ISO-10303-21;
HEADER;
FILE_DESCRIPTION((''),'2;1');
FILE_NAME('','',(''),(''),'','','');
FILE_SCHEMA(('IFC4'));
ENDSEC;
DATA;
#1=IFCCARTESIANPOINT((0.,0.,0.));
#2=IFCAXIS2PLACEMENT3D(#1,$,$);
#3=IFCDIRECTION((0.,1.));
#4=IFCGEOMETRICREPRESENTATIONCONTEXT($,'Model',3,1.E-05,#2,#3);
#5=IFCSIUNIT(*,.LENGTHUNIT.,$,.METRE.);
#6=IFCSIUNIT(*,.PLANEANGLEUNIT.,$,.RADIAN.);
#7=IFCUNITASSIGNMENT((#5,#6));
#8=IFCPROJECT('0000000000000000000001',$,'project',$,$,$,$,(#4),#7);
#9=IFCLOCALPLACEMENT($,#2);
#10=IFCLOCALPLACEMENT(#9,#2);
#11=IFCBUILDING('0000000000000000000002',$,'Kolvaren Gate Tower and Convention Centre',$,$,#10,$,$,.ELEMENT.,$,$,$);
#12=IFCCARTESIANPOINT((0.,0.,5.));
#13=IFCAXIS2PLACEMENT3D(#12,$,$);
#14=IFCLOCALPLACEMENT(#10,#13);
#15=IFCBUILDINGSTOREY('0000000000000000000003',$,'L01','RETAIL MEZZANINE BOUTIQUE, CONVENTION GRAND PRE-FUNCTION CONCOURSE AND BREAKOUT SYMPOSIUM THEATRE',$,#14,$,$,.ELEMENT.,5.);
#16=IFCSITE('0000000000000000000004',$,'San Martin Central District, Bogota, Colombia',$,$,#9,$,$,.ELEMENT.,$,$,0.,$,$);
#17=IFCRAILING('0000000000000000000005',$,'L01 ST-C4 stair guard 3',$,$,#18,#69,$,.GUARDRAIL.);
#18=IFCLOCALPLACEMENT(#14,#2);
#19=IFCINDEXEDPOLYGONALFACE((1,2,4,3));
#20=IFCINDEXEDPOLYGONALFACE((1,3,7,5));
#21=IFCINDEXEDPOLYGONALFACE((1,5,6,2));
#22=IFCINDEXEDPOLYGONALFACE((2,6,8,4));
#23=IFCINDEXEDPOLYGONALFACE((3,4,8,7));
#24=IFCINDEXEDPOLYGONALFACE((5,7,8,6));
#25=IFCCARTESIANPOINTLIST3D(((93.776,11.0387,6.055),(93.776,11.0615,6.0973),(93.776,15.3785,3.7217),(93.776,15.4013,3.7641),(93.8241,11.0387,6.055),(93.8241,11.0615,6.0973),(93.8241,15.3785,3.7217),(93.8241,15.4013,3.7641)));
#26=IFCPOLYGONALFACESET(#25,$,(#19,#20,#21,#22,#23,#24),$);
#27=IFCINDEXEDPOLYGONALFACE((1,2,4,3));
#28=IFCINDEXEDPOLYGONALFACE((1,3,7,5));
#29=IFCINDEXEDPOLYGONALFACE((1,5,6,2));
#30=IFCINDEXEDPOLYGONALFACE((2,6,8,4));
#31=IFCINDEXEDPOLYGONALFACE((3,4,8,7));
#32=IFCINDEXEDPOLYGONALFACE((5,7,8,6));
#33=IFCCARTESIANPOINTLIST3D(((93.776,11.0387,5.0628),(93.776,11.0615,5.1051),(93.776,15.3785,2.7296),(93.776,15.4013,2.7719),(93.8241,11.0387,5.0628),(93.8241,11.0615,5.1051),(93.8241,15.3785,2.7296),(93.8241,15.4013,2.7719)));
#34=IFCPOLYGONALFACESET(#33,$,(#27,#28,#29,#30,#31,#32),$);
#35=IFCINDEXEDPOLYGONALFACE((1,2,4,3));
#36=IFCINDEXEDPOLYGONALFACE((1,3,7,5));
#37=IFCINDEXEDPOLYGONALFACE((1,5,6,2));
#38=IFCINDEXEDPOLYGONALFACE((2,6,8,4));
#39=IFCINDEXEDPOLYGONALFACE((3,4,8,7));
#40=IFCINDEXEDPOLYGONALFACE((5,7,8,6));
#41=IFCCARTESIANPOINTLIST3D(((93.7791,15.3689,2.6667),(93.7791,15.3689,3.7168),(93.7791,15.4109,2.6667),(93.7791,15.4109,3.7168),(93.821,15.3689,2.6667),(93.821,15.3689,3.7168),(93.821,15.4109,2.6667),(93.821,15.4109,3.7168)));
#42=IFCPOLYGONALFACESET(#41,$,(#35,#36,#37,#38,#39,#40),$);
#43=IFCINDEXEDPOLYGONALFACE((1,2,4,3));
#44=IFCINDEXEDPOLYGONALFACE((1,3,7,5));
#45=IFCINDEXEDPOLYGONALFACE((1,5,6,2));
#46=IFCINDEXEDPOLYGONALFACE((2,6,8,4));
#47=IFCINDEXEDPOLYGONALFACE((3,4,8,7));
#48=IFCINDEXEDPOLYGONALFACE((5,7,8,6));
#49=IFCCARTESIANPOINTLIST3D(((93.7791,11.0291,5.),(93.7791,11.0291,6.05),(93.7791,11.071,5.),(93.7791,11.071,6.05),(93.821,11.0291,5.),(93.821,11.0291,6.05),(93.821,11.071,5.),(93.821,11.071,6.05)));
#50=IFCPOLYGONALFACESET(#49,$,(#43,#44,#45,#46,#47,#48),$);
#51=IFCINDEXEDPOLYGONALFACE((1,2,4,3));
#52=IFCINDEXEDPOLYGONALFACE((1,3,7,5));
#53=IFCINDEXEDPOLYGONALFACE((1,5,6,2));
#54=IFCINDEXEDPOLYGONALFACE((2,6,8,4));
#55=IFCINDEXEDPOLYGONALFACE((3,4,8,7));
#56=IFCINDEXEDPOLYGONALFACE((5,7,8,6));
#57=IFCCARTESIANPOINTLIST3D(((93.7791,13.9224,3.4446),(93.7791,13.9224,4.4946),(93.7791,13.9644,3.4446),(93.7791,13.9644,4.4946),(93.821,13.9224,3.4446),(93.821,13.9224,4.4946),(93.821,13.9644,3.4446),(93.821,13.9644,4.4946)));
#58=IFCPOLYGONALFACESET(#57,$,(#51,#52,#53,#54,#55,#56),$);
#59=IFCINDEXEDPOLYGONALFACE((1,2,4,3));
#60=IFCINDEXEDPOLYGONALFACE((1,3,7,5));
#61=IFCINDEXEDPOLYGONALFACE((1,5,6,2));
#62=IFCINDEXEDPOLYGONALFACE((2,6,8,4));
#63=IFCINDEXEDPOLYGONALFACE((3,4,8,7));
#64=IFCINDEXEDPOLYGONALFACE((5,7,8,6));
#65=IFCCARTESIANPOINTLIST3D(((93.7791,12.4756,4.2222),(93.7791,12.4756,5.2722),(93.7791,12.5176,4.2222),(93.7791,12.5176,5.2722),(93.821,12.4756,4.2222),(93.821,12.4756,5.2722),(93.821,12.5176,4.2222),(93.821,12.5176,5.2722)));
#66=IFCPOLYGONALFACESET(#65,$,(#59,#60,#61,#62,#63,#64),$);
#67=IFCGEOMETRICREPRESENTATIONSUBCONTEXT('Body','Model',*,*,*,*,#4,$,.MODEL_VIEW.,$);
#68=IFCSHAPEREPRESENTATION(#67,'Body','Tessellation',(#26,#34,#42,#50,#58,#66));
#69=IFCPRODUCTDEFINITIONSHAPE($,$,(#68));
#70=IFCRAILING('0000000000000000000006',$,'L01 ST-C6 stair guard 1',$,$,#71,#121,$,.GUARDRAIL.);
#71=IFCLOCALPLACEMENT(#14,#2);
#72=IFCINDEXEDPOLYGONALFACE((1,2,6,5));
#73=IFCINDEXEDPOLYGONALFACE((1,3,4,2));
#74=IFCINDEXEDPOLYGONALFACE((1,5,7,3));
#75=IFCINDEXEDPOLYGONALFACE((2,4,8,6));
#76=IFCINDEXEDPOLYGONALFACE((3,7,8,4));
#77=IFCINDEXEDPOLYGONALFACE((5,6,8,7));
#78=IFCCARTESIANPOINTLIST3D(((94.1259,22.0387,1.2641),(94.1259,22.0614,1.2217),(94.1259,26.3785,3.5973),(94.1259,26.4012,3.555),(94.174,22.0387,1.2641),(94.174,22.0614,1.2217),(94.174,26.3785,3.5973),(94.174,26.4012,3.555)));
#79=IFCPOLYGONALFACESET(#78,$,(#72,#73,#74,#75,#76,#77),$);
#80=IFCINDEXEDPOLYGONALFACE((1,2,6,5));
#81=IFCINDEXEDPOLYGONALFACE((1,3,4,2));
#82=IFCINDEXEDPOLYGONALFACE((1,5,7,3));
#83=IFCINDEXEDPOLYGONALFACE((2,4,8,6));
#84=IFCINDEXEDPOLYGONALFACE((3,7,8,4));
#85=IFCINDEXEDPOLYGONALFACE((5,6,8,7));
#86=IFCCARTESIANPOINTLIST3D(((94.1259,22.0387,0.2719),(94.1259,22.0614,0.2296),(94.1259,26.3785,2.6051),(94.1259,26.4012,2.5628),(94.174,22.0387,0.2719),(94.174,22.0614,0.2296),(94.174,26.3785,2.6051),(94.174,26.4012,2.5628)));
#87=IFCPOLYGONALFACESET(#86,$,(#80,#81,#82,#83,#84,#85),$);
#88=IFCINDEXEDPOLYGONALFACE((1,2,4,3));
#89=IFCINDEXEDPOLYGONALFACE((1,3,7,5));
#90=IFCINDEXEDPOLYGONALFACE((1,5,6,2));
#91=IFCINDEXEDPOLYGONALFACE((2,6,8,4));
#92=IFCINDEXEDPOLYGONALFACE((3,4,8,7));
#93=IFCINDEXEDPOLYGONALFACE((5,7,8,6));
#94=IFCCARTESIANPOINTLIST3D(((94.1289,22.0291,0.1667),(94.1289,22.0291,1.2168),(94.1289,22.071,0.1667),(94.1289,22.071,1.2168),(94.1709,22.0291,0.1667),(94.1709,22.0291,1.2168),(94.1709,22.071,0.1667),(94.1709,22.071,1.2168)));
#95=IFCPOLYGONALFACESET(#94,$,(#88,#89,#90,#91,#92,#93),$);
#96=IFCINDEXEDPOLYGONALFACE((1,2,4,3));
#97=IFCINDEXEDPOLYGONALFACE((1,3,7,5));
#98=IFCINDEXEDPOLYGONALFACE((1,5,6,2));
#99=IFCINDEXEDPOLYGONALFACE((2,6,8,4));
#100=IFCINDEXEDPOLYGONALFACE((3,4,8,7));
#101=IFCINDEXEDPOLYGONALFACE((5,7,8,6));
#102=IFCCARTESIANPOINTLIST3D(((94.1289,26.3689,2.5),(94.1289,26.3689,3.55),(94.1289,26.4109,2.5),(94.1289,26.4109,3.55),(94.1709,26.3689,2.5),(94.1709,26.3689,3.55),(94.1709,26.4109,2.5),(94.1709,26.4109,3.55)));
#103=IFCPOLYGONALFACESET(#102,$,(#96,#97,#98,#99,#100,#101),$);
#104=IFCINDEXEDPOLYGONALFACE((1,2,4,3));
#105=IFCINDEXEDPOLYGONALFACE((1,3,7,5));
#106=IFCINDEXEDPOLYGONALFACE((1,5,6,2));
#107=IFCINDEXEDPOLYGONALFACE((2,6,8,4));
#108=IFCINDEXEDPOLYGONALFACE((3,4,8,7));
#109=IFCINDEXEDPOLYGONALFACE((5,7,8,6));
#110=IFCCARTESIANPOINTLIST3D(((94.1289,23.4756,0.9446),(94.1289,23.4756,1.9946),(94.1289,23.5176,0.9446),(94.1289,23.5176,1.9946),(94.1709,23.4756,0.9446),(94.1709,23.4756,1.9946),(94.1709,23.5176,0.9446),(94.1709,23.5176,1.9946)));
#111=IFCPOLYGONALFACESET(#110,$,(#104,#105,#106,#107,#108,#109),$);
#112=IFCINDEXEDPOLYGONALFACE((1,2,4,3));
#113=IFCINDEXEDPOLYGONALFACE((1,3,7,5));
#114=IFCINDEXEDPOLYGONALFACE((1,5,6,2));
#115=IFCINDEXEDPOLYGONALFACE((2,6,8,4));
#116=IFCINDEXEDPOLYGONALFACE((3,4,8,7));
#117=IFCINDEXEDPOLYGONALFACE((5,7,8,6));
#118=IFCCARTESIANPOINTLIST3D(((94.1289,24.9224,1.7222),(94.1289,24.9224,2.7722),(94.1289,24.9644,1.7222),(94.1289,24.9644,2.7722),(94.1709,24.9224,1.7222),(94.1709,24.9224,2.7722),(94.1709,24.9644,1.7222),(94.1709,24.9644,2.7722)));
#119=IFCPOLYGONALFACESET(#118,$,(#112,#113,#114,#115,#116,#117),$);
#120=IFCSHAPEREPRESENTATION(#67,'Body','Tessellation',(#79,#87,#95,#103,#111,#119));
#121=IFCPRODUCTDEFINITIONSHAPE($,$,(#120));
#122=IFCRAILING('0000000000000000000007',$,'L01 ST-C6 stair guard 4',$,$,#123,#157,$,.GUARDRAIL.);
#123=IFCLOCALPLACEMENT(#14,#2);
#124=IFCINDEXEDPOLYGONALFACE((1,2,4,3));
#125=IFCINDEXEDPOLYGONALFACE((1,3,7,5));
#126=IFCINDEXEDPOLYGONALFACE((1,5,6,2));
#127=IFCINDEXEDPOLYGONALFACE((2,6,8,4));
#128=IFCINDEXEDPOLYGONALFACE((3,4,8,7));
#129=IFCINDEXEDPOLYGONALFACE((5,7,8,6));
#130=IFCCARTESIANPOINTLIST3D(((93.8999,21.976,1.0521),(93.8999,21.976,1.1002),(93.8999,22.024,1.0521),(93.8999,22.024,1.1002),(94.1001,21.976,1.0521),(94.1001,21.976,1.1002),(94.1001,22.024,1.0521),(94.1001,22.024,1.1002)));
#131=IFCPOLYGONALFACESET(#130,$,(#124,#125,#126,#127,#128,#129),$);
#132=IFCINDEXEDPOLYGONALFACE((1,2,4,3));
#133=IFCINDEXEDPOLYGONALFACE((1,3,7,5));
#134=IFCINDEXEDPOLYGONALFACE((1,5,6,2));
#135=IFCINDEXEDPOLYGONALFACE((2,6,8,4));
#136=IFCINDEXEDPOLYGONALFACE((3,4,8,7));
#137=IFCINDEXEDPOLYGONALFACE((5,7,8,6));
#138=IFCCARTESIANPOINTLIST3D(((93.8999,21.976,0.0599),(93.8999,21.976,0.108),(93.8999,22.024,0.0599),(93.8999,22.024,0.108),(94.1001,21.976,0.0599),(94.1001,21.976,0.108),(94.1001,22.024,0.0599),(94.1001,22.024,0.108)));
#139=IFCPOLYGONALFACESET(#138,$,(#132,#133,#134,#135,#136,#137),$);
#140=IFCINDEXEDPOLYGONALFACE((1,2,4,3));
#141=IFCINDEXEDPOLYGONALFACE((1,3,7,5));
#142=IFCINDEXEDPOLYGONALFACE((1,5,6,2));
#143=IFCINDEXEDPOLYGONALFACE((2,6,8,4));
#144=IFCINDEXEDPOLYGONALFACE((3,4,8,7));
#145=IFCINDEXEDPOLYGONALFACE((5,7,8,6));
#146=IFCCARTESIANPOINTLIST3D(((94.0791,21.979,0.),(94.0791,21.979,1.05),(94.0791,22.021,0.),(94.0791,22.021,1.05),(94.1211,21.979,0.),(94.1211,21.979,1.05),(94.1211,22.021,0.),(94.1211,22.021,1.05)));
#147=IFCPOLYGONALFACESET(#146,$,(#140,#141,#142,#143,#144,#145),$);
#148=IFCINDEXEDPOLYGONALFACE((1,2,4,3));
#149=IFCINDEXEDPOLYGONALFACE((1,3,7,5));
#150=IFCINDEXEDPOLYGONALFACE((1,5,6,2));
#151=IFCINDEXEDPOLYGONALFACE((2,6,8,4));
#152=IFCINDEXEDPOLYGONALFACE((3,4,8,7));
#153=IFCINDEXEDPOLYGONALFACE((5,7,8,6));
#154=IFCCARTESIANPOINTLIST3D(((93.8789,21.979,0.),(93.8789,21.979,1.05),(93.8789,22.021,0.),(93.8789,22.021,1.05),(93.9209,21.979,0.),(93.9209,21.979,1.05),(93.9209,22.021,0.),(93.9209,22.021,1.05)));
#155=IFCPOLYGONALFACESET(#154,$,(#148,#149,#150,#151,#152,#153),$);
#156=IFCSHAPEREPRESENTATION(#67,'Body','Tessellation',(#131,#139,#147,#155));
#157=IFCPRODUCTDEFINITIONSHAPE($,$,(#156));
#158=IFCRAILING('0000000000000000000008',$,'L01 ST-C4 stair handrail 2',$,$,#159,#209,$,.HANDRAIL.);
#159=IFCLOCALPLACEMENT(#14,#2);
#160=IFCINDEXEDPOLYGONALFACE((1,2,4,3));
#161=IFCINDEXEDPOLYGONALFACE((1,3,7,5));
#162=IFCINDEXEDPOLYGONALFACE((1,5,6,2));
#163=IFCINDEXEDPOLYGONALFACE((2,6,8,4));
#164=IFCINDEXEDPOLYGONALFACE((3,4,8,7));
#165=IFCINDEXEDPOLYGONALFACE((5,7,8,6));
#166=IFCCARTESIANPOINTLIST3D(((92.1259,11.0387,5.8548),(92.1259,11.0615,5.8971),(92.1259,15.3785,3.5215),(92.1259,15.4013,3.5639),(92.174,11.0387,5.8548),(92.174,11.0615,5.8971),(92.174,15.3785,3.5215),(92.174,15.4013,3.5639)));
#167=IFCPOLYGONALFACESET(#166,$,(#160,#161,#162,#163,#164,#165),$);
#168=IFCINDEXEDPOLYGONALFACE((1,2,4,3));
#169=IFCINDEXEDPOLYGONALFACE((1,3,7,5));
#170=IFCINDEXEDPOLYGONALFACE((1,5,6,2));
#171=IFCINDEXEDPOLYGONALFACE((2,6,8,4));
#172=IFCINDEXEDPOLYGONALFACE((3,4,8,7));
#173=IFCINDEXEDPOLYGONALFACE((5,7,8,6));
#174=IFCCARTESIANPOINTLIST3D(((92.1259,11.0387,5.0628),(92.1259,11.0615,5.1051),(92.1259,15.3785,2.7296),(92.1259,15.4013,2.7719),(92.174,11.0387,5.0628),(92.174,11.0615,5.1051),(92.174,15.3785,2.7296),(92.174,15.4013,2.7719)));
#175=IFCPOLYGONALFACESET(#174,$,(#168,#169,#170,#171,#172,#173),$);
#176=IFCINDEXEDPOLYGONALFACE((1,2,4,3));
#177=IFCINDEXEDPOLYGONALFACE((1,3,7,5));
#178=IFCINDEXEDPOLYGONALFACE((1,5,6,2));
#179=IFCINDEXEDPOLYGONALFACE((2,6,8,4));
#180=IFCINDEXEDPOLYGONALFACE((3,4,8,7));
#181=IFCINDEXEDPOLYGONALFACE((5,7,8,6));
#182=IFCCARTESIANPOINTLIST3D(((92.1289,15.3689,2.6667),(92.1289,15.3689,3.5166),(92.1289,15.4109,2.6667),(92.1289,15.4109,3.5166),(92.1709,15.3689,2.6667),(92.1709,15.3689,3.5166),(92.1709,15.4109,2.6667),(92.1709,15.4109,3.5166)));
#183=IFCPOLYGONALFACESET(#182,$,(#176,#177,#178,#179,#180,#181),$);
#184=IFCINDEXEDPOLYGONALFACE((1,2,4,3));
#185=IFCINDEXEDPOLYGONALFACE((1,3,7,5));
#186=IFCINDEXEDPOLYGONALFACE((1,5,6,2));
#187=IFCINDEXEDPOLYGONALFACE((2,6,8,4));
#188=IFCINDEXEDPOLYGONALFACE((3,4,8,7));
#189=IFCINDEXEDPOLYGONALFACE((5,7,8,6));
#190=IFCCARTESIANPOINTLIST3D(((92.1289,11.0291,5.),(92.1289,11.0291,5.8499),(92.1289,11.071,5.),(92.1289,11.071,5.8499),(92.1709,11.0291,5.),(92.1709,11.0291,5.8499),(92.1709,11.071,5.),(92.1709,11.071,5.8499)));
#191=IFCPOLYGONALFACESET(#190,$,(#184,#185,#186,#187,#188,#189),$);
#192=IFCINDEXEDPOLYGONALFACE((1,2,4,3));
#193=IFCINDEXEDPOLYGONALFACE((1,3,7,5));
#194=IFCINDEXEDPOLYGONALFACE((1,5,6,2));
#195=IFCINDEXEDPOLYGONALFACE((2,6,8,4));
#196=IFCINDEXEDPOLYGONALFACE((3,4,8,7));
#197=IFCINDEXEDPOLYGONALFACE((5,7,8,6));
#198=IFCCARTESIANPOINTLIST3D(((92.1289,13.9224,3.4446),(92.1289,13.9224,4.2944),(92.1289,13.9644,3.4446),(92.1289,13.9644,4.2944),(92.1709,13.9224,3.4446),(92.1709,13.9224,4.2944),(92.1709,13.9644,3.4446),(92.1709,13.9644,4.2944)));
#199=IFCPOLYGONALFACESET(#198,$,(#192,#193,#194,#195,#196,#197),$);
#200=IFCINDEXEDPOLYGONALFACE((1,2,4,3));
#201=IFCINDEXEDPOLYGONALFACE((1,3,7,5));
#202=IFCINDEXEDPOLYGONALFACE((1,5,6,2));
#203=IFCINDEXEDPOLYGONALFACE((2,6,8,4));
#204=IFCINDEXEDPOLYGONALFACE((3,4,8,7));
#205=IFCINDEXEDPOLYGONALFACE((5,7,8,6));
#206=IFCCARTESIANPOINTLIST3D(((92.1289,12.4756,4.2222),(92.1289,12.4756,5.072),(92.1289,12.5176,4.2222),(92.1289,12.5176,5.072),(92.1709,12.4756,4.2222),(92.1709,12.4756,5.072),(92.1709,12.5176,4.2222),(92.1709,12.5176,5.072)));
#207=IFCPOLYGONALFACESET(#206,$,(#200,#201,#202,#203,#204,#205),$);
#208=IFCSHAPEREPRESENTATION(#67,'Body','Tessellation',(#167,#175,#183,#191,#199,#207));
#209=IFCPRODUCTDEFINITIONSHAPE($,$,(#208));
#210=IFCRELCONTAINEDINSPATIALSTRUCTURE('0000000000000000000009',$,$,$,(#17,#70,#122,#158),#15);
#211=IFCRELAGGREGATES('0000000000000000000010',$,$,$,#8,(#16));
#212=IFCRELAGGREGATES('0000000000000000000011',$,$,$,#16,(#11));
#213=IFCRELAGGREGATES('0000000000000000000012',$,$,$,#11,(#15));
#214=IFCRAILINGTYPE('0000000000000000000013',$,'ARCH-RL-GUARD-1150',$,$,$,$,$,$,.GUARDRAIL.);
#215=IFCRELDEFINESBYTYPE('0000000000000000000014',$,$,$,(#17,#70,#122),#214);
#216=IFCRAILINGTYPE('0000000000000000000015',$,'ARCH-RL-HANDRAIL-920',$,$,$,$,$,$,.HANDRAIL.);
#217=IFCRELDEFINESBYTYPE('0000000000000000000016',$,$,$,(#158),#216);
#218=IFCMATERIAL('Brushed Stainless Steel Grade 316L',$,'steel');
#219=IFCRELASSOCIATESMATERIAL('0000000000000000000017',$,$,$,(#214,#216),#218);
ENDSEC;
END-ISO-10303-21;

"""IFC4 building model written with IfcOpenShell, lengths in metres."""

from ifc_helpers import new_model, si_unit, direction, frame, origin, origin_2d, place, context, subcontext, project, spatial, rectangle, extrude, material, type_object, element, save


model = new_model("IFC4")

# Units and contexts
model_context = context("Model", 3, precision=1e-05, world=origin(), true_north=direction((0.0, 1.0)))
body_context = subcontext(model_context, "Body", "Model", "MODEL_VIEW")
ifc_project = project(units=[si_unit("LENGTHUNIT", "METRE"), si_unit("PLANEANGLEUNIT", "RADIAN")], contexts=[model_context])

# Site, building, storey
site_placement = place(None, origin())
site = spatial("IfcSite", under=ifc_project, at=site_placement, Name="San Martin Central District, Bogota, Colombia", CompositionType="ELEMENT", RefElevation=0.0)
building_placement = place(site_placement, origin())
building = spatial("IfcBuilding", under=site, at=building_placement, Name="Kolvaren Gate Tower and Convention Centre", CompositionType="ELEMENT")
storey_placement = place(building_placement, frame((0.0, 0.0, 5.0)))
storey = spatial("IfcBuildingStorey", under=building, at=storey_placement, Name="L01", Description="RETAIL MEZZANINE BOUTIQUE, CONVENTION GRAND PRE-FUNCTION CONCOURSE AND BREAKOUT SYMPOSIUM THEATRE", CompositionType="ELEMENT", Elevation=5.0)

# Railings
ifc_material_1 = material(Name="Brushed Stainless Steel Grade 316L", Category="steel")
railing_type_1 = type_object("IfcRailingType", Name="ARCH-RL-GUARD-1150", PredefinedType="GUARDRAIL", material=ifc_material_1)
railing_1_placement = place(storey_placement, frame((93.8, 15.3899, 2.6667)))
element("IfcRailing", 1, at=railing_1_placement, inside=storey, type_object=railing_type_1, Name="L01 ST-C4 stair guard 3", PredefinedType="GUARDRAIL", context=body_context, shape_type="SweptSolid", body=[
    extrude(rectangle(XDim=0.0481, YDim=0.0481, at=origin_2d()), frame((0.0, 0.0, 1.0762), z_axis=(0.0, -0.880775, 0.473535), x_axis=(1.0, 0.0, 0.0)), (0.0, 0.0, 1.0), 4.9272),
    extrude(rectangle(XDim=0.0481, YDim=0.0481, at=origin_2d()), frame((0.0, 0.0, 0.084), z_axis=(0.0, -0.880775, 0.473535), x_axis=(1.0, 0.0, 0.0)), (0.0, 0.0, 1.0), 4.9272),
    extrude(rectangle(XDim=0.042, YDim=0.042, at=origin_2d()), origin(), (0.0, 0.0, 1.0), 1.05),
    extrude(rectangle(XDim=0.042, YDim=0.042, at=origin_2d()), frame((0.0, -4.3398, 2.3333)), (0.0, 0.0, 1.0), 1.05),
    extrude(rectangle(XDim=0.042, YDim=0.042, at=origin_2d()), frame((0.0, -1.4465, 0.7778)), (0.0, 0.0, 1.0), 1.05),
    extrude(rectangle(XDim=0.042, YDim=0.042, at=origin_2d()), frame((0.0, -2.8933, 1.5554)), (0.0, 0.0, 1.0), 1.05),
])
railing_2_placement = place(storey_placement, frame((94.1499, 22.05, 0.1667)))
element("IfcRailing", 2, at=railing_2_placement, inside=storey, type_object=railing_type_1, Name="L01 ST-C6 stair guard 1", PredefinedType="GUARDRAIL", context=body_context, shape_type="SweptSolid", body=[
    extrude(rectangle(XDim=0.0481, YDim=0.0481, at=origin_2d()), frame((0.0, 0.0, 1.0762), z_axis=(0.0, 0.880775, 0.473535), x_axis=(-1.0, 0.0, 0.0)), (0.0, 0.0, 1.0), 4.9272),
    extrude(rectangle(XDim=0.0481, YDim=0.0481, at=origin_2d()), frame((0.0, 0.0, 0.084), z_axis=(0.0, 0.880775, 0.473535), x_axis=(-1.0, 0.0, 0.0)), (0.0, 0.0, 1.0), 4.9272),
    extrude(rectangle(XDim=0.042, YDim=0.042, at=origin_2d()), origin(), (0.0, 0.0, 1.0), 1.05),
    extrude(rectangle(XDim=0.042, YDim=0.042, at=origin_2d()), frame((0.0, 4.3398, 2.3333)), (0.0, 0.0, 1.0), 1.05),
    extrude(rectangle(XDim=0.042, YDim=0.042, at=origin_2d()), frame((0.0, 1.4465, 0.7778)), (0.0, 0.0, 1.0), 1.05),
    extrude(rectangle(XDim=0.042, YDim=0.042, at=origin_2d()), frame((0.0, 2.8933, 1.5554)), (0.0, 0.0, 1.0), 1.05),
])
railing_3_placement = place(storey_placement, frame((94.1001, 22.0, 0.0)))
element("IfcRailing", 3, at=railing_3_placement, inside=storey, type_object=railing_type_1, Name="L01 ST-C6 stair guard 4", PredefinedType="GUARDRAIL", context=body_context, shape_type="SweptSolid", body=[
    extrude(rectangle(XDim=0.0481, YDim=0.0481, at=origin_2d()), frame((0.0, 0.0, 1.0762), z_axis=(-1.0, 0.0, 0.0), x_axis=(0.0, -1.0, 0.0)), (0.0, 0.0, 1.0), 0.2002),
    extrude(rectangle(XDim=0.0481, YDim=0.0481, at=origin_2d()), frame((0.0, 0.0, 0.084), z_axis=(-1.0, 0.0, 0.0), x_axis=(0.0, -1.0, 0.0)), (0.0, 0.0, 1.0), 0.2002),
    extrude(rectangle(XDim=0.042, YDim=0.042, at=origin_2d()), origin(), (0.0, 0.0, 1.0), 1.05),
    extrude(rectangle(XDim=0.042, YDim=0.042, at=origin_2d()), frame((-0.2002, 0.0, 0.0)), (0.0, 0.0, 1.0), 1.05),
])
railing_type_2 = type_object("IfcRailingType", Name="ARCH-RL-HANDRAIL-920", PredefinedType="HANDRAIL", material=ifc_material_1)
railing_4_placement = place(storey_placement, frame((92.1499, 15.3899, 2.6667)))
element("IfcRailing", 4, at=railing_4_placement, inside=storey, type_object=railing_type_2, Name="L01 ST-C4 stair handrail 2", PredefinedType="HANDRAIL", context=body_context, shape_type="SweptSolid", body=[
    extrude(rectangle(XDim=0.0481, YDim=0.0481, at=origin_2d()), frame((0.0, 0.0, 0.876), z_axis=(0.0, -0.880775, 0.473535), x_axis=(1.0, 0.0, 0.0)), (0.0, 0.0, 1.0), 4.9272),
    extrude(rectangle(XDim=0.0481, YDim=0.0481, at=origin_2d()), frame((0.0, 0.0, 0.084), z_axis=(0.0, -0.880775, 0.473535), x_axis=(1.0, 0.0, 0.0)), (0.0, 0.0, 1.0), 4.9272),
    extrude(rectangle(XDim=0.042, YDim=0.042, at=origin_2d()), origin(), (0.0, 0.0, 1.0), 0.8499),
    extrude(rectangle(XDim=0.042, YDim=0.042, at=origin_2d()), frame((0.0, -4.3398, 2.3333)), (0.0, 0.0, 1.0), 0.8499),
    extrude(rectangle(XDim=0.042, YDim=0.042, at=origin_2d()), frame((0.0, -1.4465, 0.7778)), (0.0, 0.0, 1.0), 0.8499),
    extrude(rectangle(XDim=0.042, YDim=0.042, at=origin_2d()), frame((0.0, -2.8933, 1.5554)), (0.0, 0.0, 1.0), 0.8499),
])

save(model, "model.ifc")
